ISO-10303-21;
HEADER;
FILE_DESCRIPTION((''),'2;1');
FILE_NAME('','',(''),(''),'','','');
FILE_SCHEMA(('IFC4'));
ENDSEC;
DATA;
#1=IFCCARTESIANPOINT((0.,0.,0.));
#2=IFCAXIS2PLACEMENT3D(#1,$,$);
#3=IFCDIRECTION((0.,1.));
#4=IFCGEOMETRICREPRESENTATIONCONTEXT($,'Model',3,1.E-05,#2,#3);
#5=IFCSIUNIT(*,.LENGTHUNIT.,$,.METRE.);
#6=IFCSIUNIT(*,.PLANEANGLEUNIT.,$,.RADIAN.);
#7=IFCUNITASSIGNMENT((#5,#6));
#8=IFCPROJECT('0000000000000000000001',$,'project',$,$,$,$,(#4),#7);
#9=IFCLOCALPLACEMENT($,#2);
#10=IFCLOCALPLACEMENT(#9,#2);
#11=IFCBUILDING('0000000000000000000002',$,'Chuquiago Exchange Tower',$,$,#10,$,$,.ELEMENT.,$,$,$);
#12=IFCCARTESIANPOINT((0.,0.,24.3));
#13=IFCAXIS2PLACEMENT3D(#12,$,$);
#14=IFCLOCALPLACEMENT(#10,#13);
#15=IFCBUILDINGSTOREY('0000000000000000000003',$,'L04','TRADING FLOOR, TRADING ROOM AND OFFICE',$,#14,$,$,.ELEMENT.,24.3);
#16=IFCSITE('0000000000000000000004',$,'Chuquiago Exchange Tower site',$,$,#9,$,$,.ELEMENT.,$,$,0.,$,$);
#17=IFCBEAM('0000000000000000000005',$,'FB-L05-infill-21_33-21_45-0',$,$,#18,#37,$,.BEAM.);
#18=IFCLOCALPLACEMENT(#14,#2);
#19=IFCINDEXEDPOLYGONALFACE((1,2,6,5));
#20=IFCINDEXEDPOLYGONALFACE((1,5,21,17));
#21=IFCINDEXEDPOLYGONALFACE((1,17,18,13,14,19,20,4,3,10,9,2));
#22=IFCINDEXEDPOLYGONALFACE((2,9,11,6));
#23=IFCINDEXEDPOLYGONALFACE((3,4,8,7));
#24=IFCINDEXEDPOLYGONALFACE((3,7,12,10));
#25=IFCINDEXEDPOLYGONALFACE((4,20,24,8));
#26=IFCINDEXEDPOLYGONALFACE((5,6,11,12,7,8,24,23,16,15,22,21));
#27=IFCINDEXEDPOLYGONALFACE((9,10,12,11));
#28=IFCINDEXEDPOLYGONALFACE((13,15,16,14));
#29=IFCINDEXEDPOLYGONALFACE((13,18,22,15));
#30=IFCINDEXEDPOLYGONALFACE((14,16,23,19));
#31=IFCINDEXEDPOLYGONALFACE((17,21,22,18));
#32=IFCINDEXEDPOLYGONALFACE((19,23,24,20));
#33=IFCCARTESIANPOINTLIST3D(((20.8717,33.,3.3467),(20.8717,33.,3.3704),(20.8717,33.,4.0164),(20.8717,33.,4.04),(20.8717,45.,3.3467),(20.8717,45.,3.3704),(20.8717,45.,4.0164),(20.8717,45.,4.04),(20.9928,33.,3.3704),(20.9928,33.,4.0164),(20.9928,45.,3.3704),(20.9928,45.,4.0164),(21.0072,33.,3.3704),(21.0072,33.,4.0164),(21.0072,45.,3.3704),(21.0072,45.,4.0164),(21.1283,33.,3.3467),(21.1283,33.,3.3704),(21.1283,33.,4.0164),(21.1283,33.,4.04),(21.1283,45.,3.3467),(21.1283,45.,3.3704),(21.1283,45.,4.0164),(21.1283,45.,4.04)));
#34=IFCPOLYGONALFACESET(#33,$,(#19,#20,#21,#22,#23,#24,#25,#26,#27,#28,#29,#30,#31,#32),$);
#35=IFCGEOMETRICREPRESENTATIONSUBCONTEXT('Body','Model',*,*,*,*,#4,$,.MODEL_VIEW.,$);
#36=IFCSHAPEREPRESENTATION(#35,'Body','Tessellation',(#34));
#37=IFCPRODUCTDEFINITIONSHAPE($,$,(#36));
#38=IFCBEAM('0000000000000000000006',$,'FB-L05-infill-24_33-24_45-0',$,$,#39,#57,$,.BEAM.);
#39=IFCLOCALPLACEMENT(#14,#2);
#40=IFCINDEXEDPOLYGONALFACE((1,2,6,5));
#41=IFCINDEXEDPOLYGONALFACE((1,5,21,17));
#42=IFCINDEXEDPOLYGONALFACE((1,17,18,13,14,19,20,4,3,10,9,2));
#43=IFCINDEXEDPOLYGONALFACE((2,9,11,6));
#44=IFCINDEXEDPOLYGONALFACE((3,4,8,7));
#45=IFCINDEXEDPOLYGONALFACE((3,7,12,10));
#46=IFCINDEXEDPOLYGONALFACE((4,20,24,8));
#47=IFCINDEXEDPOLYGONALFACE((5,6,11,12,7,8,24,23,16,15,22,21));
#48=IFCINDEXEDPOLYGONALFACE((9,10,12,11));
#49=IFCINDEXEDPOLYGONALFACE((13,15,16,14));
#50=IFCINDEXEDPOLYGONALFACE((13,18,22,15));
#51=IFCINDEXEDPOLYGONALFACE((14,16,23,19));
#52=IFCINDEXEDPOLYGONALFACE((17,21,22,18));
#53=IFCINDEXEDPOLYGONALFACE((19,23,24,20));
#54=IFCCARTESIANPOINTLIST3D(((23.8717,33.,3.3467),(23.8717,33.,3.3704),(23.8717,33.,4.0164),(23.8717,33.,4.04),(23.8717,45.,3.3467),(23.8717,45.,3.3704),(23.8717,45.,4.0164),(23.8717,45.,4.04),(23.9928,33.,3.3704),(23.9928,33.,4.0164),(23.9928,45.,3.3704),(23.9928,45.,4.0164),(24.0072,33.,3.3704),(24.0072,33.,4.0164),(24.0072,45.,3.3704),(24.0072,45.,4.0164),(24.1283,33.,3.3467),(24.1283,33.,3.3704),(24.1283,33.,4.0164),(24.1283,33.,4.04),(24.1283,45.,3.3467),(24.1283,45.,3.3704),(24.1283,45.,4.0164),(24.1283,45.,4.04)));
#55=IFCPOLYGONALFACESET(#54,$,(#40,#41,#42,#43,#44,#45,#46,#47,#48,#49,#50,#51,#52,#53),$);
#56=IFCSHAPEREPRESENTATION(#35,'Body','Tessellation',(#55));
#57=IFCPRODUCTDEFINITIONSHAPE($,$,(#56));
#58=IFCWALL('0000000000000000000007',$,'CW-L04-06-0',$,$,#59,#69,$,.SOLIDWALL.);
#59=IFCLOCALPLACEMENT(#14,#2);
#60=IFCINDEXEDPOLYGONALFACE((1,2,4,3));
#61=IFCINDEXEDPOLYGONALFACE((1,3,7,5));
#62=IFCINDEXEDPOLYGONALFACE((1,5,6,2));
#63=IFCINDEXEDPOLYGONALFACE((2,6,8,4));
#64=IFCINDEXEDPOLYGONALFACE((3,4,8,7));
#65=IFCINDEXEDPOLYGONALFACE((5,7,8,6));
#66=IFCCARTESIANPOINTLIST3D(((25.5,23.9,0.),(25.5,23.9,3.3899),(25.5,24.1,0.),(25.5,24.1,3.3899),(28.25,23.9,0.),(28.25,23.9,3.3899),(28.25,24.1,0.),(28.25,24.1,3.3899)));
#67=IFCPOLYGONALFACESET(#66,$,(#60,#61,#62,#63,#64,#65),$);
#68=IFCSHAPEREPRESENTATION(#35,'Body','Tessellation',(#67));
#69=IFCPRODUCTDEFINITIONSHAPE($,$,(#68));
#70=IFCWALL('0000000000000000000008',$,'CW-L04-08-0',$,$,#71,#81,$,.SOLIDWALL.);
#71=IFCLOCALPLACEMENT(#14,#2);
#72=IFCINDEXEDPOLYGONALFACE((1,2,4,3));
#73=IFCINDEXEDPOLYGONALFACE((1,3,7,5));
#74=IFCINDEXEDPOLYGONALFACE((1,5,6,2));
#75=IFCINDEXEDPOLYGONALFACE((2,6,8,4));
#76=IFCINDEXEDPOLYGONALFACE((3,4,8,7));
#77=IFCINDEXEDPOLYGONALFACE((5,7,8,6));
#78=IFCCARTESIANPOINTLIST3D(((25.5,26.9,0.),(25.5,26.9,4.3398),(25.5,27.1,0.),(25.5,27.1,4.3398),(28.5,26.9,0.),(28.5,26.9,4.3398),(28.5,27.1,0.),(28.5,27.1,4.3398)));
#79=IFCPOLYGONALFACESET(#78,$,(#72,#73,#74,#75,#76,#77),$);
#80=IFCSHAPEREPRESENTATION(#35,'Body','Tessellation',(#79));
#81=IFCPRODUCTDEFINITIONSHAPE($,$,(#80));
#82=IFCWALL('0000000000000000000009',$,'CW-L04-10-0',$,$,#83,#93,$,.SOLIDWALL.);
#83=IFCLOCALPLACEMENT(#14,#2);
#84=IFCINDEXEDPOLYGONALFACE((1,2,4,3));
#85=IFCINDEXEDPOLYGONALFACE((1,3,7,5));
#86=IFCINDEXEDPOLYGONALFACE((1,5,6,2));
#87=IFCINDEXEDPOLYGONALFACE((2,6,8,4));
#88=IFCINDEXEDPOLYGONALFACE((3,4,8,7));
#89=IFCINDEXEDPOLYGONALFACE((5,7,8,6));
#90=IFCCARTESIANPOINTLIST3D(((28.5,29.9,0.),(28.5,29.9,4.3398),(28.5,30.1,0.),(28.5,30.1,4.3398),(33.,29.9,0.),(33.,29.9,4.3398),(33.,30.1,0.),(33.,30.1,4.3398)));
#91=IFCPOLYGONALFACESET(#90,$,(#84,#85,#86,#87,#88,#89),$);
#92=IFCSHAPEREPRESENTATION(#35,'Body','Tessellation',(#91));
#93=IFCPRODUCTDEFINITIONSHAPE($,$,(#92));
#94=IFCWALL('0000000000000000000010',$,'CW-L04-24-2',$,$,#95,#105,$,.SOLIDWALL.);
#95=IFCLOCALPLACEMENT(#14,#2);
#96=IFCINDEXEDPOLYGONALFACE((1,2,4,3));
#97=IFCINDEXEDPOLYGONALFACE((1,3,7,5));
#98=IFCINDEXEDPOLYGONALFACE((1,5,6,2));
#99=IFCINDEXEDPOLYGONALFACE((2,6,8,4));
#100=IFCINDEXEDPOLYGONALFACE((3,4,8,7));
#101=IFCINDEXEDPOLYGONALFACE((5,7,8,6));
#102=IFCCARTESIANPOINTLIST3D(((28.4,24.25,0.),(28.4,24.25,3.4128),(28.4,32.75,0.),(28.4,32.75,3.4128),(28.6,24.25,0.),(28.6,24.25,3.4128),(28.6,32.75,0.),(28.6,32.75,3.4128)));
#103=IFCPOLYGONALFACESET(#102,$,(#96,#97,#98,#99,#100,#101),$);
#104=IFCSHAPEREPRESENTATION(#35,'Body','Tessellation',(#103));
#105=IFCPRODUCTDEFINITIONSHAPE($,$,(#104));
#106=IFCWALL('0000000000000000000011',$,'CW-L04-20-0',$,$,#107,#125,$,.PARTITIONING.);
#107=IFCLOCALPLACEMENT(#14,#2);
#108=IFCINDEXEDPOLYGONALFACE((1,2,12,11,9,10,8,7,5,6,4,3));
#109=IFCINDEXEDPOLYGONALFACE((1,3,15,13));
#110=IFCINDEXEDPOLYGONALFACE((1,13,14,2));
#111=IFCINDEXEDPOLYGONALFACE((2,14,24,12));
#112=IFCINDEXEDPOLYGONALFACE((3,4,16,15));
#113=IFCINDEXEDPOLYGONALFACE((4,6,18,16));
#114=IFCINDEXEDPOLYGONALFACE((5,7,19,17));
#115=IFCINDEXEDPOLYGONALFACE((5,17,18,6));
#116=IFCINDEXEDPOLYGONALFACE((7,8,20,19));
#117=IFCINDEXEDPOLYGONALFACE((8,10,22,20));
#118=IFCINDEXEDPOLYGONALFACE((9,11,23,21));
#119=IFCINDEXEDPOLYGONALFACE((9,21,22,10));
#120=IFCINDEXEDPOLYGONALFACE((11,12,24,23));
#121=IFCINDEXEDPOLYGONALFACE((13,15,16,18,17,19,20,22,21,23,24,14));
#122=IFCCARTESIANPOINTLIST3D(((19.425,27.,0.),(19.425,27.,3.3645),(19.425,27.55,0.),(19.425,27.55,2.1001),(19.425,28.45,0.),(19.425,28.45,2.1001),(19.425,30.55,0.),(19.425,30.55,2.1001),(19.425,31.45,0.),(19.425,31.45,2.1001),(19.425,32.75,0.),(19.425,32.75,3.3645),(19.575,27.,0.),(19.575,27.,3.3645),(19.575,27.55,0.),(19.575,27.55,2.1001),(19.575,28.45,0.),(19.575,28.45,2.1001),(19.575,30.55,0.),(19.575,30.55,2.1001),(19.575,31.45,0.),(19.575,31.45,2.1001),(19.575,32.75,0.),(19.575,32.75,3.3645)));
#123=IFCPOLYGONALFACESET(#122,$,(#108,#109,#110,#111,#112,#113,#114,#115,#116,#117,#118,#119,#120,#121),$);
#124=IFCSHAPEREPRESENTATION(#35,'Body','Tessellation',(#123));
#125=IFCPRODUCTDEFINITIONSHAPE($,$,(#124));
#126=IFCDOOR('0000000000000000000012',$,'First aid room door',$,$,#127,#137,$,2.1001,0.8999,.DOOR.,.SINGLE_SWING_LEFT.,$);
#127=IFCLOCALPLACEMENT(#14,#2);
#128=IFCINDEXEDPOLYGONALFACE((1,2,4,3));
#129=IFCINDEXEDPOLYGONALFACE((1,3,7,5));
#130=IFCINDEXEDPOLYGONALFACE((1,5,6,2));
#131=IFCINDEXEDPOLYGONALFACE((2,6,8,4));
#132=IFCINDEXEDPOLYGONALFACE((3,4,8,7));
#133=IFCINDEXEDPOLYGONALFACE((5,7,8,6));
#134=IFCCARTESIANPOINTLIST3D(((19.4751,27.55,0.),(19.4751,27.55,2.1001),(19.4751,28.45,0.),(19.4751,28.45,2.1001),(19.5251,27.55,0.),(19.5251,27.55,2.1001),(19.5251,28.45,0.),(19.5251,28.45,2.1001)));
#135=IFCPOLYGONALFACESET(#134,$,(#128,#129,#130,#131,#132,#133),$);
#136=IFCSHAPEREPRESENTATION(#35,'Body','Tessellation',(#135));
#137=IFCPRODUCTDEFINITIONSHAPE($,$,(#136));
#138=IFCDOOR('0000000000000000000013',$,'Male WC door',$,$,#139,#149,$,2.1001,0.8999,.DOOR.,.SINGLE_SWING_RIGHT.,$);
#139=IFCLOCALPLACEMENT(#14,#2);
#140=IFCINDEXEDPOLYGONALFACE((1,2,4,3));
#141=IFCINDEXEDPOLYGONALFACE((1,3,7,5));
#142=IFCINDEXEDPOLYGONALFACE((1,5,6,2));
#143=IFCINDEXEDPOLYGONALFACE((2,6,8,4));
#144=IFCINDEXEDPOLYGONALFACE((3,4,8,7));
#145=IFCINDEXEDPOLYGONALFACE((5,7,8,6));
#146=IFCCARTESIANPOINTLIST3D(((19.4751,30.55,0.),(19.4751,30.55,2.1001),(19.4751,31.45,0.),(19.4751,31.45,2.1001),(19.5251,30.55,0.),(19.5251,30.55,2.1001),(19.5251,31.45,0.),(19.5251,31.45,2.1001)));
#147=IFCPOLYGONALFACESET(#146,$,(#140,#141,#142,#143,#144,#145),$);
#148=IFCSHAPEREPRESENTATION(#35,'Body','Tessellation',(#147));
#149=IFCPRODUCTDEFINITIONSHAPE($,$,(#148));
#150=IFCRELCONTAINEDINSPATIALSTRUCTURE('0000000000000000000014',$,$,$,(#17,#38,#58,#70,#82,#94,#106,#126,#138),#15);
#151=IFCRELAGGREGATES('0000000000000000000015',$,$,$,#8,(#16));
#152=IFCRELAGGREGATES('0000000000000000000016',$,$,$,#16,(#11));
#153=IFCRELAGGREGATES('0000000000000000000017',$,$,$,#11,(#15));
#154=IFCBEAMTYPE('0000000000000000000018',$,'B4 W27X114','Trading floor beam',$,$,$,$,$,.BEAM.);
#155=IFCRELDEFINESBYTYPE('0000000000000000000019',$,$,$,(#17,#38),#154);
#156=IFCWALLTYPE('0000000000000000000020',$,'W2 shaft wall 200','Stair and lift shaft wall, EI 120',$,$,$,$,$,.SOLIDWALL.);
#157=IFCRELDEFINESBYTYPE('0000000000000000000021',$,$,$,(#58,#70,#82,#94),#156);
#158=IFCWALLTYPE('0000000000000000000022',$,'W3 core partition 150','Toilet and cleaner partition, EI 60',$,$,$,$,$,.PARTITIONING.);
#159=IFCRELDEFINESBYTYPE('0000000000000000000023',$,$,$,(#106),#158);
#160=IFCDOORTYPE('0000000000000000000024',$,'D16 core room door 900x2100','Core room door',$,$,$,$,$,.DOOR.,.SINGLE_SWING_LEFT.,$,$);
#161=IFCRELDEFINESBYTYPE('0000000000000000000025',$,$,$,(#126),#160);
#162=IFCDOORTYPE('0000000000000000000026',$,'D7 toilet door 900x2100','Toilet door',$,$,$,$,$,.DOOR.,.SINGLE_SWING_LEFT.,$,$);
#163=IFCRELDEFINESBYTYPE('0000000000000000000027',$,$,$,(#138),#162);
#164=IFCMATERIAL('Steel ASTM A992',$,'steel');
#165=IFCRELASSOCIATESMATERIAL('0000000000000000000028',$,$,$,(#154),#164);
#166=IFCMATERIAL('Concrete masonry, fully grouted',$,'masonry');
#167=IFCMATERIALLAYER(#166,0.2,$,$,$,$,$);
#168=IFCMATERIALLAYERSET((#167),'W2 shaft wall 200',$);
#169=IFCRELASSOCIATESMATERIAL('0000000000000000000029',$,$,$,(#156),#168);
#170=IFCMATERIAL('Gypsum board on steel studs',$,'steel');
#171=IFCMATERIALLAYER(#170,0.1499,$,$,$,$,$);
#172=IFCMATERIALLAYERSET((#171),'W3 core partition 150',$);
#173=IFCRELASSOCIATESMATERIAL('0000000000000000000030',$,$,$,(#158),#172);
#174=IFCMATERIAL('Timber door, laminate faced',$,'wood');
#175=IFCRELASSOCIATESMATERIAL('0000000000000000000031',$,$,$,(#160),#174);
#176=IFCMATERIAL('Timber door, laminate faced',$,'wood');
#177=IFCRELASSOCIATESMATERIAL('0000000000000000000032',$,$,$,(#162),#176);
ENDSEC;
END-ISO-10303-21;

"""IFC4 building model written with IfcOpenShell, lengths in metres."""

from ifc_helpers import new_model, si_unit, direction, frame, frame_2d, origin, origin_2d, place, context, subcontext, project, spatial, rectangle, i_section, extrude, material, layer, layer_set, material_profile, profile_set, type_object, element, fill, save


model = new_model("IFC4")

# Units and contexts
model_context = context("Model", 3, precision=1e-05, world=origin(), true_north=direction((0.0, 1.0)))
body_context = subcontext(model_context, "Body", "Model", "MODEL_VIEW")
ifc_project = project(units=[si_unit("LENGTHUNIT", "METRE"), si_unit("PLANEANGLEUNIT", "RADIAN")], contexts=[model_context])

# Site, building, storey
site_placement = place(None, origin())
site = spatial("IfcSite", under=ifc_project, at=site_placement, Name="Chuquiago Exchange Tower site", CompositionType="ELEMENT", RefElevation=0.0)
building_placement = place(site_placement, origin())
building = spatial("IfcBuilding", under=site, at=building_placement, Name="Chuquiago Exchange Tower", CompositionType="ELEMENT")
storey_placement = place(building_placement, frame((0.0, 0.0, 24.3)))
storey = spatial("IfcBuildingStorey", under=building, at=storey_placement, Name="L04", Description="TRADING FLOOR, TRADING ROOM AND OFFICE", CompositionType="ELEMENT", Elevation=24.3)

# Beams
ifc_material_1 = material(Name="Steel ASTM A992", Category="steel")
ifc_material_profile_1 = material_profile(ifc_material_1, i_section(OverallWidth=0.2566, OverallDepth=0.6934, WebThickness=0.0144, FlangeThickness=0.0237, at=origin_2d()), Name="W27X114")
ifc_profile_set_1 = profile_set([ifc_material_profile_1], Name="Steel ASTM A992")
beam_type_1 = type_object("IfcBeamType", Name="B4 W27X114", Description="Trading floor beam", PredefinedType="BEAM", material=ifc_profile_set_1)
for number, where, z_axis, x_axis, name in (
    (1, (21.0, 33.0, 3.6934), (0.0, 1.0, 0.0), (-1.0, 0.0, 0.0), "FB-L05-infill-21_33-21_45-0"),
    (2, (24.0, 33.0, 3.6934), (0.0, 1.0, 0.0), (-1.0, 0.0, 0.0), "FB-L05-infill-24_33-24_45-0"),
):
    element("IfcBeam", number, at=place(storey_placement, frame(where, z_axis=z_axis, x_axis=x_axis)), inside=storey, type_object=beam_type_1, Name=name, PredefinedType="BEAM", context=body_context, shape_type="SweptSolid", body=[
        extrude(i_section(OverallWidth=0.2566, OverallDepth=0.6934, WebThickness=0.0144, FlangeThickness=0.0237, at=origin_2d()), origin(), (0.0, 0.0, 1.0), 12.0),
    ])

# Walls
ifc_material_2 = material(Name="Concrete masonry, fully grouted", Category="masonry")
ifc_layer_1 = layer(ifc_material_2, 0.2)
ifc_layer_set_1 = layer_set([ifc_layer_1], Name="W2 shaft wall 200")
wall_type_1 = type_object("IfcWallType", Name="W2 shaft wall 200", Description="Stair and lift shaft wall, EI 120", PredefinedType="SOLIDWALL", material=ifc_layer_set_1)
wall_1_placement = place(storey_placement, frame((25.5, 24.0, 0.0), z_axis=(0.0, 0.0, 1.0), x_axis=(1.0, 0.0, 0.0)))
element("IfcWall", 3, at=wall_1_placement, inside=storey, type_object=wall_type_1, Name="CW-L04-06-0", PredefinedType="SOLIDWALL", context=body_context, shape_type="SweptSolid", body=[
    extrude(rectangle(XDim=2.75, YDim=0.2, at=frame_2d((1.375, 0.0))), origin(), (0.0, 0.0, 1.0), 3.3899),
])
wall_2_placement = place(storey_placement, frame((25.5, 27.0, 0.0), z_axis=(0.0, 0.0, 1.0), x_axis=(1.0, 0.0, 0.0)))
element("IfcWall", 4, at=wall_2_placement, inside=storey, type_object=wall_type_1, Name="CW-L04-08-0", PredefinedType="SOLIDWALL", context=body_context, shape_type="SweptSolid", body=[
    extrude(rectangle(XDim=3.0, YDim=0.2, at=frame_2d((1.5, 0.0))), origin(), (0.0, 0.0, 1.0), 4.3398),
])
wall_3_placement = place(storey_placement, frame((28.5, 30.0, 0.0), z_axis=(0.0, 0.0, 1.0), x_axis=(1.0, 0.0, 0.0)))
element("IfcWall", 5, at=wall_3_placement, inside=storey, type_object=wall_type_1, Name="CW-L04-10-0", PredefinedType="SOLIDWALL", context=body_context, shape_type="SweptSolid", body=[
    extrude(rectangle(XDim=4.5, YDim=0.2, at=frame_2d((2.25, 0.0))), origin(), (0.0, 0.0, 1.0), 4.3398),
])
wall_4_placement = place(storey_placement, frame((28.5, 24.25, 0.0), z_axis=(0.0, 0.0, 1.0), x_axis=(0.0, 1.0, 0.0)))
element("IfcWall", 6, at=wall_4_placement, inside=storey, type_object=wall_type_1, Name="CW-L04-24-2", PredefinedType="SOLIDWALL", context=body_context, shape_type="SweptSolid", body=[
    extrude(rectangle(XDim=8.5, YDim=0.2, at=frame_2d((4.25, 0.0))), origin(), (0.0, 0.0, 1.0), 3.4128),
])

# Wall, openings, doors
ifc_material_3 = material(Name="Gypsum board on steel studs", Category="steel")
ifc_layer_2 = layer(ifc_material_3, 0.1499)
ifc_layer_set_2 = layer_set([ifc_layer_2], Name="W3 core partition 150")
wall_type_2 = type_object("IfcWallType", Name="W3 core partition 150", Description="Toilet and cleaner partition, EI 60", PredefinedType="PARTITIONING", material=ifc_layer_set_2)
wall_5_placement = place(storey_placement, frame((19.5, 27.0, 0.0), z_axis=(0.0, 0.0, 1.0), x_axis=(0.0, 1.0, 0.0)))
wall_5 = element("IfcWall", 7, at=wall_5_placement, inside=storey, type_object=wall_type_2, Name="CW-L04-20-0", PredefinedType="PARTITIONING", context=body_context, shape_type="SweptSolid", body=[
    extrude(rectangle(XDim=5.75, YDim=0.1499, at=frame_2d((2.875, 0.0))), origin(), (0.0, 0.0, 1.0), 3.3645),
])
opening_1_placement = place(wall_5_placement, frame((0.55, 0.0, 0.0)))
opening_1 = element("IfcOpeningElement", 8, at=opening_1_placement, cuts=wall_5, PredefinedType="OPENING", context=body_context, shape_type="SweptSolid", body=[
    extrude(rectangle(XDim=0.8999, YDim=2.1001, at=frame_2d((0.45, 1.05))), frame((0.0, 0.085, 0.0), z_axis=(0.0, -1.0, 0.0), x_axis=(1.0, 0.0, 0.0)), (0.0, 0.0, 1.0), 0.1699),
])
opening_2_placement = place(wall_5_placement, frame((3.55, 0.0, 0.0)))
opening_2 = element("IfcOpeningElement", 9, at=opening_2_placement, cuts=wall_5, PredefinedType="OPENING", context=body_context, shape_type="SweptSolid", body=[
    extrude(rectangle(XDim=0.8999, YDim=2.1001, at=frame_2d((0.45, 1.05))), frame((0.0, 0.085, 0.0), z_axis=(0.0, -1.0, 0.0), x_axis=(1.0, 0.0, 0.0)), (0.0, 0.0, 1.0), 0.1699),
])
ifc_material_4 = material(Name="Timber door, laminate faced", Category="wood")
door_type_1 = type_object("IfcDoorType", Name="D16 core room door 900x2100", Description="Core room door", OperationType="SINGLE_SWING_LEFT", PredefinedType="DOOR", material=ifc_material_4)
door_1_placement = place(opening_1_placement, origin())
door_1 = element("IfcDoor", 10, at=door_1_placement, inside=storey, type_object=door_type_1, Name="First aid room door", OperationType="SINGLE_SWING_LEFT", OverallHeight=2.1001, OverallWidth=0.8999, PredefinedType="DOOR", context=body_context, shape_type="SweptSolid", body=[
    extrude(rectangle(XDim=0.8999, YDim=2.1001, at=frame_2d((0.45, 1.05))), frame((0.0, 0.0249, 0.0), z_axis=(0.0, -1.0, 0.0), x_axis=(1.0, 0.0, 0.0)), (0.0, 0.0, 1.0), 0.05),
])
fill(opening_1, door_1)
ifc_material_5 = material(Name="Timber door, laminate faced", Category="wood")
door_type_2 = type_object("IfcDoorType", Name="D7 toilet door 900x2100", Description="Toilet door", OperationType="SINGLE_SWING_LEFT", PredefinedType="DOOR", material=ifc_material_5)
door_2_placement = place(opening_2_placement, origin())
door_2 = element("IfcDoor", 11, at=door_2_placement, inside=storey, type_object=door_type_2, Name="Male WC door", OperationType="SINGLE_SWING_RIGHT", OverallHeight=2.1001, OverallWidth=0.8999, PredefinedType="DOOR", context=body_context, shape_type="SweptSolid", body=[
    extrude(rectangle(XDim=0.8999, YDim=2.1001, at=frame_2d((0.45, 1.05))), frame((0.0, 0.0249, 0.0), z_axis=(0.0, -1.0, 0.0), x_axis=(1.0, 0.0, 0.0)), (0.0, 0.0, 1.0), 0.05),
])
fill(opening_2, door_2)

save(model, "model.ifc")
